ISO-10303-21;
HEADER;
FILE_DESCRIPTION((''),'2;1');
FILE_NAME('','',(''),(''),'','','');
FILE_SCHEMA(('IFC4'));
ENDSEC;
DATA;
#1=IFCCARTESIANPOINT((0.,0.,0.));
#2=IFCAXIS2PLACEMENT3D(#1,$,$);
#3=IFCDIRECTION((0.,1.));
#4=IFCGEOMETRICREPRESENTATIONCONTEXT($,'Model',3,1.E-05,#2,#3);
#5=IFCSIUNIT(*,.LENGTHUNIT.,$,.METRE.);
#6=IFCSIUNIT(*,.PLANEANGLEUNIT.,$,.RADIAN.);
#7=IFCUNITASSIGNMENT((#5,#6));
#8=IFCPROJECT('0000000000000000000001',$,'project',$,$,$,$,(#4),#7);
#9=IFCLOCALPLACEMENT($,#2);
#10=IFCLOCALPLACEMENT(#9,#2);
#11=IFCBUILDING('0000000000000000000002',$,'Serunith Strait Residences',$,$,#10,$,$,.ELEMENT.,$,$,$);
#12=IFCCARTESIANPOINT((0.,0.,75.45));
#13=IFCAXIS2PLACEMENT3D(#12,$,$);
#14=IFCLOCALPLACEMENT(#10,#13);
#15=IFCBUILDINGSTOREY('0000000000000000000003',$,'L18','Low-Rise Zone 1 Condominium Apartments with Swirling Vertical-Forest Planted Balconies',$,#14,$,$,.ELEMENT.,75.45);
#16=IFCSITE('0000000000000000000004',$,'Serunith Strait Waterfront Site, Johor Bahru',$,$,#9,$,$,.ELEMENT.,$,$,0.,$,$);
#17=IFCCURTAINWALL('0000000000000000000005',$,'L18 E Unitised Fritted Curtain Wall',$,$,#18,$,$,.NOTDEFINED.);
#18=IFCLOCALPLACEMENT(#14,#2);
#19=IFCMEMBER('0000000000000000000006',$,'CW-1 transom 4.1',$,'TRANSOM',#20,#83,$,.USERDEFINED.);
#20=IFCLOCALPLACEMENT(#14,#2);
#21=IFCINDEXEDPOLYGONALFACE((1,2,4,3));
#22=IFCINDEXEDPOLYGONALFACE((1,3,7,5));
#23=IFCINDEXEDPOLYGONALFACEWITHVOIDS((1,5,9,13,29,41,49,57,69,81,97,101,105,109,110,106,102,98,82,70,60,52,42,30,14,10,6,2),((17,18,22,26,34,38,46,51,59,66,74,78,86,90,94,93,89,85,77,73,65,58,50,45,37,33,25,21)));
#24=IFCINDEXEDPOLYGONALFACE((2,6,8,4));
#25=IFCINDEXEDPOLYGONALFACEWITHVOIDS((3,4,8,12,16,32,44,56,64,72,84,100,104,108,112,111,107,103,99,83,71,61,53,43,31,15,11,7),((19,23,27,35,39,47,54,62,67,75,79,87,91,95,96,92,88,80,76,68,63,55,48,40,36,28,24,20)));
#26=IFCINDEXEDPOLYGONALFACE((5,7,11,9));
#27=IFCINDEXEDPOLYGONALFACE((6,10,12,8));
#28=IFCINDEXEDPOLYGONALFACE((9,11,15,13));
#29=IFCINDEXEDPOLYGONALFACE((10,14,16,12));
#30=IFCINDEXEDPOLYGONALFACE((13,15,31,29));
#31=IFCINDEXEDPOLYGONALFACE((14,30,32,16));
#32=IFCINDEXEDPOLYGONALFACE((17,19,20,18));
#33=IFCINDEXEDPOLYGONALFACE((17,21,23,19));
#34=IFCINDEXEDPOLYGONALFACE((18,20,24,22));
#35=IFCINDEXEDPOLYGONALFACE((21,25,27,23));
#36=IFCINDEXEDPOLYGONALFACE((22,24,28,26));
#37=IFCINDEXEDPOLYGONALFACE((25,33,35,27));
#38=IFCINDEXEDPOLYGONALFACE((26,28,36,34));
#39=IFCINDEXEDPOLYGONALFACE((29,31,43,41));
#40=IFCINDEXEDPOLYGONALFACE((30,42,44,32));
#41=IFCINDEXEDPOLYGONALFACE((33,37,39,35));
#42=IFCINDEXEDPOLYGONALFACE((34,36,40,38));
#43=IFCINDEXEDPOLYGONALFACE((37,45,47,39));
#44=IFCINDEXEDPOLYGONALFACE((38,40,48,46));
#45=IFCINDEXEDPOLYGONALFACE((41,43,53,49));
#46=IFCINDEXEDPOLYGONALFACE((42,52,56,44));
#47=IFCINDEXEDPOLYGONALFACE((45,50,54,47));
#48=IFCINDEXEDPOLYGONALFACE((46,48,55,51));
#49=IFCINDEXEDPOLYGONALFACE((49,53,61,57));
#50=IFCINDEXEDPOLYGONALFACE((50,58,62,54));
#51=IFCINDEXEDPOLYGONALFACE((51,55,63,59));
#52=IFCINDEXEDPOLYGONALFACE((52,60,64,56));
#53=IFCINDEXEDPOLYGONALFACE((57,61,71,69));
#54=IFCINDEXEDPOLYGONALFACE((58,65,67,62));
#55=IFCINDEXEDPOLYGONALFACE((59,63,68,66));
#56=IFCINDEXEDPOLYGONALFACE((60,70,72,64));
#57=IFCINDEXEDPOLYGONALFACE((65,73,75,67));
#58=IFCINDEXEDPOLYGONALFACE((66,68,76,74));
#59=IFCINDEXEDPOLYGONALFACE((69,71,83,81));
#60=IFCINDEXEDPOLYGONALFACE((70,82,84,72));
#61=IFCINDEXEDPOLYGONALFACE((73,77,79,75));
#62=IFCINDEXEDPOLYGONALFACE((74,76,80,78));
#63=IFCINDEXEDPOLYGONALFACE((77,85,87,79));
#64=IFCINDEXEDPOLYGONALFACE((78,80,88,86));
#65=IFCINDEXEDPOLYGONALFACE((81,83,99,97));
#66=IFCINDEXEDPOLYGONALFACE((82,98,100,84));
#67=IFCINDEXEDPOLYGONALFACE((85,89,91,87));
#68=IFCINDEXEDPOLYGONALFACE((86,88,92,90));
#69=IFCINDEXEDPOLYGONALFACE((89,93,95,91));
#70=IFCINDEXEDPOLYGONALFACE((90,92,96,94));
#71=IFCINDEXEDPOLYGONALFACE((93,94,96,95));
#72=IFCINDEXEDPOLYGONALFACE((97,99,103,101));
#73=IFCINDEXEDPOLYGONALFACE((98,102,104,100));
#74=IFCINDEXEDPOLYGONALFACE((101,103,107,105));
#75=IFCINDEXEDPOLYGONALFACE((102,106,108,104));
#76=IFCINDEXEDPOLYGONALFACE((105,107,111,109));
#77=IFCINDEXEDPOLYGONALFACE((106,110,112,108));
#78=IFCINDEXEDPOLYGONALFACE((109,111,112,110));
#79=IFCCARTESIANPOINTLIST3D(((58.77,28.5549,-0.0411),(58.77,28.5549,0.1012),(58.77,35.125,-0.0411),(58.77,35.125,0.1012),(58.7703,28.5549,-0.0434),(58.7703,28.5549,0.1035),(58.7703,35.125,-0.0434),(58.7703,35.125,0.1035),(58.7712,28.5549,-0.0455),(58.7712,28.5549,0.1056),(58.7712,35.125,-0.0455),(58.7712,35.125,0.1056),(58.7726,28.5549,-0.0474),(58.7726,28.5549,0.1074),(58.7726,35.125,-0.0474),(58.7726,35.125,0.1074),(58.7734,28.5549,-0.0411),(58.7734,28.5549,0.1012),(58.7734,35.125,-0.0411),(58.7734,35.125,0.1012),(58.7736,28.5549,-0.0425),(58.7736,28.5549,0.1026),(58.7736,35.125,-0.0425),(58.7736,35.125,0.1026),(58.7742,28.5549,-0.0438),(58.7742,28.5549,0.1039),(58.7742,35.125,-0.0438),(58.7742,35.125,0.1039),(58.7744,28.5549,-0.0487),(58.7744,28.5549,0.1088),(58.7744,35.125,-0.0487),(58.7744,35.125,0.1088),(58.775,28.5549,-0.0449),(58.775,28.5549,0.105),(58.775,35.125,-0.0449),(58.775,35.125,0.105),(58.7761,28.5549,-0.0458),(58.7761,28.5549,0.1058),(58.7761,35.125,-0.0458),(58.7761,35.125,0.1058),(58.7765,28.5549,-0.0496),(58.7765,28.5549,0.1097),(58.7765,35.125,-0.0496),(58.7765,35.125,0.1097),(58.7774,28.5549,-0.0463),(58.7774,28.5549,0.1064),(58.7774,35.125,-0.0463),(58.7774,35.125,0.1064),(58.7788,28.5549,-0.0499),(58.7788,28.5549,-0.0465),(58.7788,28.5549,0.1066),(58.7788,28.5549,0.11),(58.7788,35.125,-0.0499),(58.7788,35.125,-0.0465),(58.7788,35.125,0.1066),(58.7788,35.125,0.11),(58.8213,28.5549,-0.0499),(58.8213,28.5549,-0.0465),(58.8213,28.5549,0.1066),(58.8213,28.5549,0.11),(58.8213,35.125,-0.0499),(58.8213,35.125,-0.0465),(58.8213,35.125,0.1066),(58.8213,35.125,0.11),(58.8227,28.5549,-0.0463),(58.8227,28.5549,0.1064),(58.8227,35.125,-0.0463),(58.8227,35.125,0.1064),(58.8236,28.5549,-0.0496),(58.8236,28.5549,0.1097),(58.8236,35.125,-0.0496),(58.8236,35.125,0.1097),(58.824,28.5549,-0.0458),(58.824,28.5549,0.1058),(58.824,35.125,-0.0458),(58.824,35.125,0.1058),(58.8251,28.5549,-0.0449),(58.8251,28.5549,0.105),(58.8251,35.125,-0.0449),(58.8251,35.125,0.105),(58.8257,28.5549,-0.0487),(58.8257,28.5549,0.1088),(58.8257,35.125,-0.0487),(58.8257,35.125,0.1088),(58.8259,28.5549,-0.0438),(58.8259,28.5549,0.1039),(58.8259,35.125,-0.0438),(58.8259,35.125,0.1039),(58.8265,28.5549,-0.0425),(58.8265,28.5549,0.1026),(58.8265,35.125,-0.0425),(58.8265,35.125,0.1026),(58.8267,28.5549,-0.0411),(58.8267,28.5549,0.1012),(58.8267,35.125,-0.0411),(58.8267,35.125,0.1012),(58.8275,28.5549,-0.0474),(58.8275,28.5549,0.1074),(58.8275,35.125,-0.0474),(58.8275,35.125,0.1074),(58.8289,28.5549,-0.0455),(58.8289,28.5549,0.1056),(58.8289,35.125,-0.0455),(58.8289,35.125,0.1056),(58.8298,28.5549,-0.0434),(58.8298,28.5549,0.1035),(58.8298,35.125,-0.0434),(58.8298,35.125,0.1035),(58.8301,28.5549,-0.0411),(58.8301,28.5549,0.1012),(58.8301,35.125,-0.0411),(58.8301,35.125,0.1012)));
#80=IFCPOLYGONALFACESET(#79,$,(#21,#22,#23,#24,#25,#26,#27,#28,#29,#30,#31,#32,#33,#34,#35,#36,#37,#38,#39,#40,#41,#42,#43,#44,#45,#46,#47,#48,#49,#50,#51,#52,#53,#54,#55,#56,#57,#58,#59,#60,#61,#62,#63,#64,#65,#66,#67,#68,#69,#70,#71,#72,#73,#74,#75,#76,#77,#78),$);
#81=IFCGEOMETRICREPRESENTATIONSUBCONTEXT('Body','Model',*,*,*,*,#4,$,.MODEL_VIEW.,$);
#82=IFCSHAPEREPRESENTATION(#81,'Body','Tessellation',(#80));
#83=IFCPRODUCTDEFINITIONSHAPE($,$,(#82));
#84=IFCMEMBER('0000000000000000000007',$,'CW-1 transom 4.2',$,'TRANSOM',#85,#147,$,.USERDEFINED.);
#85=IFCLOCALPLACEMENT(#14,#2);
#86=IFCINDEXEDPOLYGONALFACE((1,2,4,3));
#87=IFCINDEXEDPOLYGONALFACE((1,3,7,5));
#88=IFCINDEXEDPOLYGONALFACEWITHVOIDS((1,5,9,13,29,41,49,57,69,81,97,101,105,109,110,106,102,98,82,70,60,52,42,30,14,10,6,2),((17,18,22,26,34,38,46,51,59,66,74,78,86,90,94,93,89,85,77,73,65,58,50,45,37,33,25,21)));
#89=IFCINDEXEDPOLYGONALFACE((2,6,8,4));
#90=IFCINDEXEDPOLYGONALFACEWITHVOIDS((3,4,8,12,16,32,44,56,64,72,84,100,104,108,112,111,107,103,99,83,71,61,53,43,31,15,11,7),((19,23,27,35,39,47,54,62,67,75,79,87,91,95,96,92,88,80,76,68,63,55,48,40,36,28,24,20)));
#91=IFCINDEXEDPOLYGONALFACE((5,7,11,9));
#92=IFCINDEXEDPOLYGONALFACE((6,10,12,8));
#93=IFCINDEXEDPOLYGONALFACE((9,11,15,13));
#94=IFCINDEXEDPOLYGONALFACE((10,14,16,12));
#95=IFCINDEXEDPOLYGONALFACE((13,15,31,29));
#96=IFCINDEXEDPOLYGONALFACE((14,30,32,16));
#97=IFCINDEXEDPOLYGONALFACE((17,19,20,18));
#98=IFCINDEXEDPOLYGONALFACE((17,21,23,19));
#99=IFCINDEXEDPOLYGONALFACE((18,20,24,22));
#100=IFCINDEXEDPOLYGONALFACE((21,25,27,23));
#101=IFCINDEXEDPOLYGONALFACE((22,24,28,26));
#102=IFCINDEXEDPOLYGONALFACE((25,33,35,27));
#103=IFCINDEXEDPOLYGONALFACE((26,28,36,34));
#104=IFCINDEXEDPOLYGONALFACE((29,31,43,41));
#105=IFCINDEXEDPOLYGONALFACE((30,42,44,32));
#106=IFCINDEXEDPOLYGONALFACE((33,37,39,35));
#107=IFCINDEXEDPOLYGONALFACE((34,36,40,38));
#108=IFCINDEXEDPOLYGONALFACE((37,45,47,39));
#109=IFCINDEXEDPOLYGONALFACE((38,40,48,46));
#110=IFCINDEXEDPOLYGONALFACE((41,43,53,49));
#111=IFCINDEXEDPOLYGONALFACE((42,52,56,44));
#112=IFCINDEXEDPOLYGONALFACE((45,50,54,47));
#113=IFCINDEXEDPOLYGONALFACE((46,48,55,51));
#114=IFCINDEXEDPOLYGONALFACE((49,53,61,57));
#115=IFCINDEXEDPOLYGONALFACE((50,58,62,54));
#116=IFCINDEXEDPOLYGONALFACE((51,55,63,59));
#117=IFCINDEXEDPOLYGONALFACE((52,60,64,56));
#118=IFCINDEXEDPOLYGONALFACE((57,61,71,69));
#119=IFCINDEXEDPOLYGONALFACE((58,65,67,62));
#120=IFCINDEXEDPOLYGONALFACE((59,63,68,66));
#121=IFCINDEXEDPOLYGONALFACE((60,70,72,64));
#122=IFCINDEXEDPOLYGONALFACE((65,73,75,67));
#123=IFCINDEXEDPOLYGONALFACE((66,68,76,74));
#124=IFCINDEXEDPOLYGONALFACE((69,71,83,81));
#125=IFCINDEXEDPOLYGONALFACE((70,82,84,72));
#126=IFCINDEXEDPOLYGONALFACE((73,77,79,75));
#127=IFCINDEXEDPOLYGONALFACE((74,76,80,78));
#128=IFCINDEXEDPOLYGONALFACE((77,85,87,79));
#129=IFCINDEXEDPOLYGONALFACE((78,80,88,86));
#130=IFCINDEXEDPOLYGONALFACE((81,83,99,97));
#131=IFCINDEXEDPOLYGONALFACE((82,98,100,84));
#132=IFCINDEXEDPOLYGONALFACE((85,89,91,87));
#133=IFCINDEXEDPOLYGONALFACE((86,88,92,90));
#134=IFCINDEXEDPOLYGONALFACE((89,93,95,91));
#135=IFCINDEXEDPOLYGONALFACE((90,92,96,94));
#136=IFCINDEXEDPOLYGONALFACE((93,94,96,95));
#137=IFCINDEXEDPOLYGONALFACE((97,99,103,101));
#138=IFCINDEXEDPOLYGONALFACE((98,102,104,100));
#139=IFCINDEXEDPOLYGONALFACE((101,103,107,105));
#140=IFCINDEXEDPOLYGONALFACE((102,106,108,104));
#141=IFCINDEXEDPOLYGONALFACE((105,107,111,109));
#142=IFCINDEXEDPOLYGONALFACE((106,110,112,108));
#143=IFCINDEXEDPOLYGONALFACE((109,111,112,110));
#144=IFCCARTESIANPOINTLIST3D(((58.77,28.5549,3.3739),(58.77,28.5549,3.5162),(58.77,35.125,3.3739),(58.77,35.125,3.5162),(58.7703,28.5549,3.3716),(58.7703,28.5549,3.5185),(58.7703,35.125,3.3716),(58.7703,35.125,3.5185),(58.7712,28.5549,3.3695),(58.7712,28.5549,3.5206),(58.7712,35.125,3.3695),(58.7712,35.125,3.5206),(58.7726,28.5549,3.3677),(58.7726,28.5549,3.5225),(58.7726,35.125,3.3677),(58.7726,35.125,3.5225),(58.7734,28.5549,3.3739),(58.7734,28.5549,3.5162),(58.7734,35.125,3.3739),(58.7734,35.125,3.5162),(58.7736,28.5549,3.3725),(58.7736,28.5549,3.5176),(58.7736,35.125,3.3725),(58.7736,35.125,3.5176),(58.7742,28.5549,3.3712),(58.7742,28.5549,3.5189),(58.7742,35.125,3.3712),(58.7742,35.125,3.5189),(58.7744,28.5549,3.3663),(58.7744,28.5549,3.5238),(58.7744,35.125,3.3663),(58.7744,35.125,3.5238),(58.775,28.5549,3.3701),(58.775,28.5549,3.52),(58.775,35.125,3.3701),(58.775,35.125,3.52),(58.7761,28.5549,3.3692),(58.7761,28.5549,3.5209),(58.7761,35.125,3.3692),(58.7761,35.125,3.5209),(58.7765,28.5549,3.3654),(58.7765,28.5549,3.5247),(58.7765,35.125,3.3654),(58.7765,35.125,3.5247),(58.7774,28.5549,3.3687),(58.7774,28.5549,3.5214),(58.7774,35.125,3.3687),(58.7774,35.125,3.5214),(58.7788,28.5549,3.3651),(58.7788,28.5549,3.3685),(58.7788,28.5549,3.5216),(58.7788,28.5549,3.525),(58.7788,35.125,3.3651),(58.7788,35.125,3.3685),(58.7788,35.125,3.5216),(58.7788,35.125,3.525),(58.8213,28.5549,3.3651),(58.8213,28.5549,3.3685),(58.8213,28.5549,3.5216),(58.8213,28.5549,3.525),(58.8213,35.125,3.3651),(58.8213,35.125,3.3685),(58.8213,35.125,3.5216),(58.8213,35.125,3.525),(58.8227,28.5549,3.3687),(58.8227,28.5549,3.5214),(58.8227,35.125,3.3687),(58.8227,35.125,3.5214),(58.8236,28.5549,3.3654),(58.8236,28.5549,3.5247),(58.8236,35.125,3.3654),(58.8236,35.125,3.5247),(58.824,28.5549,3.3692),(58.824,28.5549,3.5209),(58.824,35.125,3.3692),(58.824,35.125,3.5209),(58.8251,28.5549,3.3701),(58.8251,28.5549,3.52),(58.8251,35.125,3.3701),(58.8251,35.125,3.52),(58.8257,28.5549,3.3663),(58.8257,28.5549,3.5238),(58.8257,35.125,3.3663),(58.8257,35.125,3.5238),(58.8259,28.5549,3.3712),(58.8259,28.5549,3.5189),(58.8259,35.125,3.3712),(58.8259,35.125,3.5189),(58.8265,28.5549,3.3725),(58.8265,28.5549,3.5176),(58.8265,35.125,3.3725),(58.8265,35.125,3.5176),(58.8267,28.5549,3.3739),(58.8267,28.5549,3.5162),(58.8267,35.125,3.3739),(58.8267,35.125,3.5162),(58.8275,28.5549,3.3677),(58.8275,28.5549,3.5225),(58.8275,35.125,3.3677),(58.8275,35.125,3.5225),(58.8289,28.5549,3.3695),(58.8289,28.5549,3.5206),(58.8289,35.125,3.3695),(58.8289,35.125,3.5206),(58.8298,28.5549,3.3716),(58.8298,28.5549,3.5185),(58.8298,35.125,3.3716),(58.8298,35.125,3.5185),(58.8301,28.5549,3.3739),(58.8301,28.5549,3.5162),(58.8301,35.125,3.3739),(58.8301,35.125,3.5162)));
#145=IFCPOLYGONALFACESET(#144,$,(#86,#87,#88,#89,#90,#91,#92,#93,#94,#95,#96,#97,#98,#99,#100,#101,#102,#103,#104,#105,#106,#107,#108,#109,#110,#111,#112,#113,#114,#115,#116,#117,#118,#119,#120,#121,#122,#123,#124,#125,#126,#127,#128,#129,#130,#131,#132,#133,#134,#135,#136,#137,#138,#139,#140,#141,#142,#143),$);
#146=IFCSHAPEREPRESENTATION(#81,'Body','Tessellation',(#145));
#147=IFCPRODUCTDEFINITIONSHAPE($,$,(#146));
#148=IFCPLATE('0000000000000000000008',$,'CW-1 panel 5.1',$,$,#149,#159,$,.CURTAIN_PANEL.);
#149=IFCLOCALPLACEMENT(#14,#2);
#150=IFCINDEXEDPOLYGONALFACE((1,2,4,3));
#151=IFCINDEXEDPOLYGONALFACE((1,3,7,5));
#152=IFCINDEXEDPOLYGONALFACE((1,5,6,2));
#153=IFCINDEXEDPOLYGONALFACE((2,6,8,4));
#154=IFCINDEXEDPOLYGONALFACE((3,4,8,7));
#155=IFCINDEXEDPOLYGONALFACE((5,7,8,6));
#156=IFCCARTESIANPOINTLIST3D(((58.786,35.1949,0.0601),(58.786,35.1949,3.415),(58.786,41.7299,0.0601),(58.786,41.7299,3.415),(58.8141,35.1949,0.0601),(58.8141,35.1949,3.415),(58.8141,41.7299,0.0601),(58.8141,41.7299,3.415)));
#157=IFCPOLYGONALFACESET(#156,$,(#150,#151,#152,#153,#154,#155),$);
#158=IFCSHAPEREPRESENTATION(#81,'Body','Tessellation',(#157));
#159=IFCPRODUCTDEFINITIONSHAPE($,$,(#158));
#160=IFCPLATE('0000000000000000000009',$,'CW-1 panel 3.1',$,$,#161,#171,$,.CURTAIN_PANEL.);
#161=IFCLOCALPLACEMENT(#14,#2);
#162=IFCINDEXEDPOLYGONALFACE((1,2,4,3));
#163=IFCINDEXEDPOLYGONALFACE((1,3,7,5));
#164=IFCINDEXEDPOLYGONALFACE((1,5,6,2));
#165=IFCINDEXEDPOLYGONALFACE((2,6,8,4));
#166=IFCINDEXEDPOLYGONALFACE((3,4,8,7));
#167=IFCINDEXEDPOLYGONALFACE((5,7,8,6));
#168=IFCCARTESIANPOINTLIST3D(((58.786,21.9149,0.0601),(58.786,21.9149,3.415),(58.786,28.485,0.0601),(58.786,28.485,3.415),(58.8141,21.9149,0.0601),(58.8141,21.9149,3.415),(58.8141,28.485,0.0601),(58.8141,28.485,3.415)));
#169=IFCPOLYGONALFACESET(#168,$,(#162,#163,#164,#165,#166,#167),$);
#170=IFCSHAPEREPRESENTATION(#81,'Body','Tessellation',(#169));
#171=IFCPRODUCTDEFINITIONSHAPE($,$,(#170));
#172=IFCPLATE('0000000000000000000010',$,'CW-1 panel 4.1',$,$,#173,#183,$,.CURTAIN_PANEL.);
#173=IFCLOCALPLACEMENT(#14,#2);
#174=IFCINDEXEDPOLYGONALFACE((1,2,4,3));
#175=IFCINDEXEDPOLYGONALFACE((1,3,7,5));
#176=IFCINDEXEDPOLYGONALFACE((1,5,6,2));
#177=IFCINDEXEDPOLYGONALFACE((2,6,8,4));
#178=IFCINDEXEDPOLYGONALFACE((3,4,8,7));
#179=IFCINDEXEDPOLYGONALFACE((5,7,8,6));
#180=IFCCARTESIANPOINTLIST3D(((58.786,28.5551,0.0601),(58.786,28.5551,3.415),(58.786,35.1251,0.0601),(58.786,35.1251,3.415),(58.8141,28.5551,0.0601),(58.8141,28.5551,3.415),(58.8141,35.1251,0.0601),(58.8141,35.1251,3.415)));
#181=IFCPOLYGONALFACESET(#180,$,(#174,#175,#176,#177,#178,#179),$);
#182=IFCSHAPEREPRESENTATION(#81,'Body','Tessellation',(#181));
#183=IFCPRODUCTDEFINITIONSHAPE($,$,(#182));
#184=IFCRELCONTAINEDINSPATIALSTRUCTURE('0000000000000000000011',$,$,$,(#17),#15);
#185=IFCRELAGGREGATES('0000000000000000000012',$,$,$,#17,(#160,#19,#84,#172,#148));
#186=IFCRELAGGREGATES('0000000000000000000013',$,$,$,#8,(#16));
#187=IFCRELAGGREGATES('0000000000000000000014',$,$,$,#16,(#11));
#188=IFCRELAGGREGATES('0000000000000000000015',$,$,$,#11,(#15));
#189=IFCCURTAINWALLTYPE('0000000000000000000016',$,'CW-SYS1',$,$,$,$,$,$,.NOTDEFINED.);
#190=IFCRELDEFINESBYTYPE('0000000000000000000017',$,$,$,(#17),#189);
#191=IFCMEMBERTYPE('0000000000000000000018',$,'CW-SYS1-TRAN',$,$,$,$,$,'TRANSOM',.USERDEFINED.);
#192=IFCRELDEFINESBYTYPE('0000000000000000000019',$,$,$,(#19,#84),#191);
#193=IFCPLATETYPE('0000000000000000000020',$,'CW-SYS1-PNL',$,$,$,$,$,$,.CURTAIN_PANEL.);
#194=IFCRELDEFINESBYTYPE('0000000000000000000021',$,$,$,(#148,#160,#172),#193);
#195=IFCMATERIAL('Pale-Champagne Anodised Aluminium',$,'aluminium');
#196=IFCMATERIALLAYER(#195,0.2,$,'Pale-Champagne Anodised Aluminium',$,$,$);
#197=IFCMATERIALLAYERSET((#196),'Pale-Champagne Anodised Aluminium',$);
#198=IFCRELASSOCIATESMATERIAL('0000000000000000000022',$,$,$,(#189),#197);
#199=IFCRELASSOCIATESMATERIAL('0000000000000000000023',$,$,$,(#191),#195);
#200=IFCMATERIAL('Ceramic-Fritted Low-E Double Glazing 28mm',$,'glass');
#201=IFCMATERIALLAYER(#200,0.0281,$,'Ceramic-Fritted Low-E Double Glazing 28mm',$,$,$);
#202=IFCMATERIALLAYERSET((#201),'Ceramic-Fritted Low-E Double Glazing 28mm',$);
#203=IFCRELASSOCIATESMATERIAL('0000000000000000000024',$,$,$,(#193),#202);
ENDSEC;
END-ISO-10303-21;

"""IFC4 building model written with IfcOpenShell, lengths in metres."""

from ifc_helpers import new_model, si_unit, direction, frame, origin, origin_2d, place, context, subcontext, project, spatial, rectangle, hollow_rectangle, extrude, source, transform, mapped, material, layer, layer_set, material_profile, profile_set, type_object, element, aggregate, save


model = new_model("IFC4")

# Units and contexts
model_context = context("Model", 3, precision=1e-05, world=origin(), true_north=direction((0.0, 1.0)))
body_context = subcontext(model_context, "Body", "Model", "MODEL_VIEW")
ifc_project = project(units=[si_unit("LENGTHUNIT", "METRE"), si_unit("PLANEANGLEUNIT", "RADIAN")], contexts=[model_context])

# Site, building, storey
site_placement = place(None, origin())
site = spatial("IfcSite", under=ifc_project, at=site_placement, Name="Serunith Strait Waterfront Site, Johor Bahru", CompositionType="ELEMENT", RefElevation=0.0)
building_placement = place(site_placement, origin())
building = spatial("IfcBuilding", under=site, at=building_placement, Name="Serunith Strait Residences", CompositionType="ELEMENT")
storey_placement = place(building_placement, frame((0.0, 0.0, 75.45)))
storey = spatial("IfcBuildingStorey", under=building, at=storey_placement, Name="L18", Description="Low-Rise Zone 1 Condominium Apartments with Swirling Vertical-Forest Planted Balconies", CompositionType="ELEMENT", Elevation=75.45)

# Curtain wall, members, plates
ifc_material_1 = material(Name="Pale-Champagne Anodised Aluminium", Category="aluminium")
ifc_layer_1 = layer(ifc_material_1, 0.2, Name="Pale-Champagne Anodised Aluminium")
ifc_layer_set_1 = layer_set([ifc_layer_1], Name="Pale-Champagne Anodised Aluminium")
curtain_wall_type = type_object("IfcCurtainWallType", Name="CW-SYS1", PredefinedType="NOTDEFINED", material=ifc_layer_set_1)
curtain_wall_placement = place(storey_placement, origin())
curtain_wall = element("IfcCurtainWall", 1, at=curtain_wall_placement, inside=storey, type_object=curtain_wall_type, Name="L18 E Unitised Fritted Curtain Wall", PredefinedType="NOTDEFINED")
ifc_material_profile_1 = material_profile(ifc_material_1, hollow_rectangle(XDim=0.0601, YDim=0.1599, WallThickness=0.0034, InnerFilletRadius=0.0054, OuterFilletRadius=0.0088, at=origin_2d()), Name="ALU 160x60x3.5")
ifc_profile_set_1 = profile_set([ifc_material_profile_1], Name="Pale-Champagne Anodised Aluminium")
member_type_1 = type_object("IfcMemberType", Name="CW-SYS1-TRAN", ElementType="TRANSOM", PredefinedType="USERDEFINED", material=ifc_profile_set_1)
shared_shape_1 = source(origin(), body_context, "Body", "SweptSolid", [
    extrude(hollow_rectangle(XDim=0.0601, YDim=0.1599, WallThickness=0.0034, InnerFilletRadius=0.0054, OuterFilletRadius=0.0088, at=origin_2d()), origin(), (0.0, 0.0, 1.0), 6.5701),
])
member_1_placement = place(storey_placement, frame((58.8, 28.5549, 0.03), z_axis=(0.0, 1.0, 0.0), x_axis=(-1.0, 0.0, 0.0)))
member_1 = element("IfcMember", 2, at=member_1_placement, type_object=member_type_1, Name="CW-1 transom 4.1", ObjectType="TRANSOM", PredefinedType="USERDEFINED", context=body_context, shape_type="MappedRepresentation", body=[
    mapped(shared_shape_1, transform((0.0, 0.0, 0.0), scale=1.0)),
])
member_2_placement = place(storey_placement, frame((58.8, 28.5549, 3.4451), z_axis=(0.0, 1.0, 0.0), x_axis=(-1.0, 0.0, 0.0)))
member_2 = element("IfcMember", 3, at=member_2_placement, type_object=member_type_1, Name="CW-1 transom 4.2", ObjectType="TRANSOM", PredefinedType="USERDEFINED", context=body_context, shape_type="MappedRepresentation", body=[
    mapped(shared_shape_1, transform((0.0, 0.0, 0.0), scale=1.0)),
])
ifc_material_2 = material(Name="Ceramic-Fritted Low-E Double Glazing 28mm", Category="glass")
ifc_layer_2 = layer(ifc_material_2, 0.0281, Name="Ceramic-Fritted Low-E Double Glazing 28mm")
ifc_layer_set_2 = layer_set([ifc_layer_2], Name="Ceramic-Fritted Low-E Double Glazing 28mm")
plate_type = type_object("IfcPlateType", Name="CW-SYS1-PNL", PredefinedType="CURTAIN_PANEL", material=ifc_layer_set_2)
shared_shape_2 = source(origin(), body_context, "Body", "SweptSolid", [
    extrude(rectangle(XDim=6.5349, YDim=0.0281, at=origin_2d()), origin(), (0.0, 0.0, 1.0), 3.355),
])
plate_1_placement = place(storey_placement, frame((58.8, 38.4624, 0.0601), z_axis=(0.0, 0.0, 1.0), x_axis=(0.0, 1.0, 0.0)))
plate_1 = element("IfcPlate", 4, at=plate_1_placement, type_object=plate_type, Name="CW-1 panel 5.1", PredefinedType="CURTAIN_PANEL", context=body_context, shape_type="MappedRepresentation", body=[
    mapped(shared_shape_2, transform((0.0, 0.0, 0.0), scale=1.0)),
])
shared_shape_3 = source(origin(), body_context, "Body", "SweptSolid", [
    extrude(rectangle(XDim=6.5701, YDim=0.0281, at=origin_2d()), origin(), (0.0, 0.0, 1.0), 3.355),
])
plate_2_placement = place(storey_placement, frame((58.8, 25.2, 0.0601), z_axis=(0.0, 0.0, 1.0), x_axis=(0.0, 1.0, 0.0)))
plate_2 = element("IfcPlate", 5, at=plate_2_placement, type_object=plate_type, Name="CW-1 panel 3.1", PredefinedType="CURTAIN_PANEL", context=body_context, shape_type="MappedRepresentation", body=[
    mapped(shared_shape_3, transform((0.0, 0.0, 0.0), scale=1.0)),
])
plate_3_placement = place(storey_placement, frame((58.8, 31.8401, 0.0601), z_axis=(0.0, 0.0, 1.0), x_axis=(0.0, 1.0, 0.0)))
plate_3 = element("IfcPlate", 6, at=plate_3_placement, type_object=plate_type, Name="CW-1 panel 4.1", PredefinedType="CURTAIN_PANEL", context=body_context, shape_type="MappedRepresentation", body=[
    mapped(shared_shape_3, transform((0.0, 0.0, 0.0), scale=1.0)),
])
aggregate(curtain_wall, [plate_2, member_1, member_2, plate_3, plate_1])

save(model, "model.ifc")
